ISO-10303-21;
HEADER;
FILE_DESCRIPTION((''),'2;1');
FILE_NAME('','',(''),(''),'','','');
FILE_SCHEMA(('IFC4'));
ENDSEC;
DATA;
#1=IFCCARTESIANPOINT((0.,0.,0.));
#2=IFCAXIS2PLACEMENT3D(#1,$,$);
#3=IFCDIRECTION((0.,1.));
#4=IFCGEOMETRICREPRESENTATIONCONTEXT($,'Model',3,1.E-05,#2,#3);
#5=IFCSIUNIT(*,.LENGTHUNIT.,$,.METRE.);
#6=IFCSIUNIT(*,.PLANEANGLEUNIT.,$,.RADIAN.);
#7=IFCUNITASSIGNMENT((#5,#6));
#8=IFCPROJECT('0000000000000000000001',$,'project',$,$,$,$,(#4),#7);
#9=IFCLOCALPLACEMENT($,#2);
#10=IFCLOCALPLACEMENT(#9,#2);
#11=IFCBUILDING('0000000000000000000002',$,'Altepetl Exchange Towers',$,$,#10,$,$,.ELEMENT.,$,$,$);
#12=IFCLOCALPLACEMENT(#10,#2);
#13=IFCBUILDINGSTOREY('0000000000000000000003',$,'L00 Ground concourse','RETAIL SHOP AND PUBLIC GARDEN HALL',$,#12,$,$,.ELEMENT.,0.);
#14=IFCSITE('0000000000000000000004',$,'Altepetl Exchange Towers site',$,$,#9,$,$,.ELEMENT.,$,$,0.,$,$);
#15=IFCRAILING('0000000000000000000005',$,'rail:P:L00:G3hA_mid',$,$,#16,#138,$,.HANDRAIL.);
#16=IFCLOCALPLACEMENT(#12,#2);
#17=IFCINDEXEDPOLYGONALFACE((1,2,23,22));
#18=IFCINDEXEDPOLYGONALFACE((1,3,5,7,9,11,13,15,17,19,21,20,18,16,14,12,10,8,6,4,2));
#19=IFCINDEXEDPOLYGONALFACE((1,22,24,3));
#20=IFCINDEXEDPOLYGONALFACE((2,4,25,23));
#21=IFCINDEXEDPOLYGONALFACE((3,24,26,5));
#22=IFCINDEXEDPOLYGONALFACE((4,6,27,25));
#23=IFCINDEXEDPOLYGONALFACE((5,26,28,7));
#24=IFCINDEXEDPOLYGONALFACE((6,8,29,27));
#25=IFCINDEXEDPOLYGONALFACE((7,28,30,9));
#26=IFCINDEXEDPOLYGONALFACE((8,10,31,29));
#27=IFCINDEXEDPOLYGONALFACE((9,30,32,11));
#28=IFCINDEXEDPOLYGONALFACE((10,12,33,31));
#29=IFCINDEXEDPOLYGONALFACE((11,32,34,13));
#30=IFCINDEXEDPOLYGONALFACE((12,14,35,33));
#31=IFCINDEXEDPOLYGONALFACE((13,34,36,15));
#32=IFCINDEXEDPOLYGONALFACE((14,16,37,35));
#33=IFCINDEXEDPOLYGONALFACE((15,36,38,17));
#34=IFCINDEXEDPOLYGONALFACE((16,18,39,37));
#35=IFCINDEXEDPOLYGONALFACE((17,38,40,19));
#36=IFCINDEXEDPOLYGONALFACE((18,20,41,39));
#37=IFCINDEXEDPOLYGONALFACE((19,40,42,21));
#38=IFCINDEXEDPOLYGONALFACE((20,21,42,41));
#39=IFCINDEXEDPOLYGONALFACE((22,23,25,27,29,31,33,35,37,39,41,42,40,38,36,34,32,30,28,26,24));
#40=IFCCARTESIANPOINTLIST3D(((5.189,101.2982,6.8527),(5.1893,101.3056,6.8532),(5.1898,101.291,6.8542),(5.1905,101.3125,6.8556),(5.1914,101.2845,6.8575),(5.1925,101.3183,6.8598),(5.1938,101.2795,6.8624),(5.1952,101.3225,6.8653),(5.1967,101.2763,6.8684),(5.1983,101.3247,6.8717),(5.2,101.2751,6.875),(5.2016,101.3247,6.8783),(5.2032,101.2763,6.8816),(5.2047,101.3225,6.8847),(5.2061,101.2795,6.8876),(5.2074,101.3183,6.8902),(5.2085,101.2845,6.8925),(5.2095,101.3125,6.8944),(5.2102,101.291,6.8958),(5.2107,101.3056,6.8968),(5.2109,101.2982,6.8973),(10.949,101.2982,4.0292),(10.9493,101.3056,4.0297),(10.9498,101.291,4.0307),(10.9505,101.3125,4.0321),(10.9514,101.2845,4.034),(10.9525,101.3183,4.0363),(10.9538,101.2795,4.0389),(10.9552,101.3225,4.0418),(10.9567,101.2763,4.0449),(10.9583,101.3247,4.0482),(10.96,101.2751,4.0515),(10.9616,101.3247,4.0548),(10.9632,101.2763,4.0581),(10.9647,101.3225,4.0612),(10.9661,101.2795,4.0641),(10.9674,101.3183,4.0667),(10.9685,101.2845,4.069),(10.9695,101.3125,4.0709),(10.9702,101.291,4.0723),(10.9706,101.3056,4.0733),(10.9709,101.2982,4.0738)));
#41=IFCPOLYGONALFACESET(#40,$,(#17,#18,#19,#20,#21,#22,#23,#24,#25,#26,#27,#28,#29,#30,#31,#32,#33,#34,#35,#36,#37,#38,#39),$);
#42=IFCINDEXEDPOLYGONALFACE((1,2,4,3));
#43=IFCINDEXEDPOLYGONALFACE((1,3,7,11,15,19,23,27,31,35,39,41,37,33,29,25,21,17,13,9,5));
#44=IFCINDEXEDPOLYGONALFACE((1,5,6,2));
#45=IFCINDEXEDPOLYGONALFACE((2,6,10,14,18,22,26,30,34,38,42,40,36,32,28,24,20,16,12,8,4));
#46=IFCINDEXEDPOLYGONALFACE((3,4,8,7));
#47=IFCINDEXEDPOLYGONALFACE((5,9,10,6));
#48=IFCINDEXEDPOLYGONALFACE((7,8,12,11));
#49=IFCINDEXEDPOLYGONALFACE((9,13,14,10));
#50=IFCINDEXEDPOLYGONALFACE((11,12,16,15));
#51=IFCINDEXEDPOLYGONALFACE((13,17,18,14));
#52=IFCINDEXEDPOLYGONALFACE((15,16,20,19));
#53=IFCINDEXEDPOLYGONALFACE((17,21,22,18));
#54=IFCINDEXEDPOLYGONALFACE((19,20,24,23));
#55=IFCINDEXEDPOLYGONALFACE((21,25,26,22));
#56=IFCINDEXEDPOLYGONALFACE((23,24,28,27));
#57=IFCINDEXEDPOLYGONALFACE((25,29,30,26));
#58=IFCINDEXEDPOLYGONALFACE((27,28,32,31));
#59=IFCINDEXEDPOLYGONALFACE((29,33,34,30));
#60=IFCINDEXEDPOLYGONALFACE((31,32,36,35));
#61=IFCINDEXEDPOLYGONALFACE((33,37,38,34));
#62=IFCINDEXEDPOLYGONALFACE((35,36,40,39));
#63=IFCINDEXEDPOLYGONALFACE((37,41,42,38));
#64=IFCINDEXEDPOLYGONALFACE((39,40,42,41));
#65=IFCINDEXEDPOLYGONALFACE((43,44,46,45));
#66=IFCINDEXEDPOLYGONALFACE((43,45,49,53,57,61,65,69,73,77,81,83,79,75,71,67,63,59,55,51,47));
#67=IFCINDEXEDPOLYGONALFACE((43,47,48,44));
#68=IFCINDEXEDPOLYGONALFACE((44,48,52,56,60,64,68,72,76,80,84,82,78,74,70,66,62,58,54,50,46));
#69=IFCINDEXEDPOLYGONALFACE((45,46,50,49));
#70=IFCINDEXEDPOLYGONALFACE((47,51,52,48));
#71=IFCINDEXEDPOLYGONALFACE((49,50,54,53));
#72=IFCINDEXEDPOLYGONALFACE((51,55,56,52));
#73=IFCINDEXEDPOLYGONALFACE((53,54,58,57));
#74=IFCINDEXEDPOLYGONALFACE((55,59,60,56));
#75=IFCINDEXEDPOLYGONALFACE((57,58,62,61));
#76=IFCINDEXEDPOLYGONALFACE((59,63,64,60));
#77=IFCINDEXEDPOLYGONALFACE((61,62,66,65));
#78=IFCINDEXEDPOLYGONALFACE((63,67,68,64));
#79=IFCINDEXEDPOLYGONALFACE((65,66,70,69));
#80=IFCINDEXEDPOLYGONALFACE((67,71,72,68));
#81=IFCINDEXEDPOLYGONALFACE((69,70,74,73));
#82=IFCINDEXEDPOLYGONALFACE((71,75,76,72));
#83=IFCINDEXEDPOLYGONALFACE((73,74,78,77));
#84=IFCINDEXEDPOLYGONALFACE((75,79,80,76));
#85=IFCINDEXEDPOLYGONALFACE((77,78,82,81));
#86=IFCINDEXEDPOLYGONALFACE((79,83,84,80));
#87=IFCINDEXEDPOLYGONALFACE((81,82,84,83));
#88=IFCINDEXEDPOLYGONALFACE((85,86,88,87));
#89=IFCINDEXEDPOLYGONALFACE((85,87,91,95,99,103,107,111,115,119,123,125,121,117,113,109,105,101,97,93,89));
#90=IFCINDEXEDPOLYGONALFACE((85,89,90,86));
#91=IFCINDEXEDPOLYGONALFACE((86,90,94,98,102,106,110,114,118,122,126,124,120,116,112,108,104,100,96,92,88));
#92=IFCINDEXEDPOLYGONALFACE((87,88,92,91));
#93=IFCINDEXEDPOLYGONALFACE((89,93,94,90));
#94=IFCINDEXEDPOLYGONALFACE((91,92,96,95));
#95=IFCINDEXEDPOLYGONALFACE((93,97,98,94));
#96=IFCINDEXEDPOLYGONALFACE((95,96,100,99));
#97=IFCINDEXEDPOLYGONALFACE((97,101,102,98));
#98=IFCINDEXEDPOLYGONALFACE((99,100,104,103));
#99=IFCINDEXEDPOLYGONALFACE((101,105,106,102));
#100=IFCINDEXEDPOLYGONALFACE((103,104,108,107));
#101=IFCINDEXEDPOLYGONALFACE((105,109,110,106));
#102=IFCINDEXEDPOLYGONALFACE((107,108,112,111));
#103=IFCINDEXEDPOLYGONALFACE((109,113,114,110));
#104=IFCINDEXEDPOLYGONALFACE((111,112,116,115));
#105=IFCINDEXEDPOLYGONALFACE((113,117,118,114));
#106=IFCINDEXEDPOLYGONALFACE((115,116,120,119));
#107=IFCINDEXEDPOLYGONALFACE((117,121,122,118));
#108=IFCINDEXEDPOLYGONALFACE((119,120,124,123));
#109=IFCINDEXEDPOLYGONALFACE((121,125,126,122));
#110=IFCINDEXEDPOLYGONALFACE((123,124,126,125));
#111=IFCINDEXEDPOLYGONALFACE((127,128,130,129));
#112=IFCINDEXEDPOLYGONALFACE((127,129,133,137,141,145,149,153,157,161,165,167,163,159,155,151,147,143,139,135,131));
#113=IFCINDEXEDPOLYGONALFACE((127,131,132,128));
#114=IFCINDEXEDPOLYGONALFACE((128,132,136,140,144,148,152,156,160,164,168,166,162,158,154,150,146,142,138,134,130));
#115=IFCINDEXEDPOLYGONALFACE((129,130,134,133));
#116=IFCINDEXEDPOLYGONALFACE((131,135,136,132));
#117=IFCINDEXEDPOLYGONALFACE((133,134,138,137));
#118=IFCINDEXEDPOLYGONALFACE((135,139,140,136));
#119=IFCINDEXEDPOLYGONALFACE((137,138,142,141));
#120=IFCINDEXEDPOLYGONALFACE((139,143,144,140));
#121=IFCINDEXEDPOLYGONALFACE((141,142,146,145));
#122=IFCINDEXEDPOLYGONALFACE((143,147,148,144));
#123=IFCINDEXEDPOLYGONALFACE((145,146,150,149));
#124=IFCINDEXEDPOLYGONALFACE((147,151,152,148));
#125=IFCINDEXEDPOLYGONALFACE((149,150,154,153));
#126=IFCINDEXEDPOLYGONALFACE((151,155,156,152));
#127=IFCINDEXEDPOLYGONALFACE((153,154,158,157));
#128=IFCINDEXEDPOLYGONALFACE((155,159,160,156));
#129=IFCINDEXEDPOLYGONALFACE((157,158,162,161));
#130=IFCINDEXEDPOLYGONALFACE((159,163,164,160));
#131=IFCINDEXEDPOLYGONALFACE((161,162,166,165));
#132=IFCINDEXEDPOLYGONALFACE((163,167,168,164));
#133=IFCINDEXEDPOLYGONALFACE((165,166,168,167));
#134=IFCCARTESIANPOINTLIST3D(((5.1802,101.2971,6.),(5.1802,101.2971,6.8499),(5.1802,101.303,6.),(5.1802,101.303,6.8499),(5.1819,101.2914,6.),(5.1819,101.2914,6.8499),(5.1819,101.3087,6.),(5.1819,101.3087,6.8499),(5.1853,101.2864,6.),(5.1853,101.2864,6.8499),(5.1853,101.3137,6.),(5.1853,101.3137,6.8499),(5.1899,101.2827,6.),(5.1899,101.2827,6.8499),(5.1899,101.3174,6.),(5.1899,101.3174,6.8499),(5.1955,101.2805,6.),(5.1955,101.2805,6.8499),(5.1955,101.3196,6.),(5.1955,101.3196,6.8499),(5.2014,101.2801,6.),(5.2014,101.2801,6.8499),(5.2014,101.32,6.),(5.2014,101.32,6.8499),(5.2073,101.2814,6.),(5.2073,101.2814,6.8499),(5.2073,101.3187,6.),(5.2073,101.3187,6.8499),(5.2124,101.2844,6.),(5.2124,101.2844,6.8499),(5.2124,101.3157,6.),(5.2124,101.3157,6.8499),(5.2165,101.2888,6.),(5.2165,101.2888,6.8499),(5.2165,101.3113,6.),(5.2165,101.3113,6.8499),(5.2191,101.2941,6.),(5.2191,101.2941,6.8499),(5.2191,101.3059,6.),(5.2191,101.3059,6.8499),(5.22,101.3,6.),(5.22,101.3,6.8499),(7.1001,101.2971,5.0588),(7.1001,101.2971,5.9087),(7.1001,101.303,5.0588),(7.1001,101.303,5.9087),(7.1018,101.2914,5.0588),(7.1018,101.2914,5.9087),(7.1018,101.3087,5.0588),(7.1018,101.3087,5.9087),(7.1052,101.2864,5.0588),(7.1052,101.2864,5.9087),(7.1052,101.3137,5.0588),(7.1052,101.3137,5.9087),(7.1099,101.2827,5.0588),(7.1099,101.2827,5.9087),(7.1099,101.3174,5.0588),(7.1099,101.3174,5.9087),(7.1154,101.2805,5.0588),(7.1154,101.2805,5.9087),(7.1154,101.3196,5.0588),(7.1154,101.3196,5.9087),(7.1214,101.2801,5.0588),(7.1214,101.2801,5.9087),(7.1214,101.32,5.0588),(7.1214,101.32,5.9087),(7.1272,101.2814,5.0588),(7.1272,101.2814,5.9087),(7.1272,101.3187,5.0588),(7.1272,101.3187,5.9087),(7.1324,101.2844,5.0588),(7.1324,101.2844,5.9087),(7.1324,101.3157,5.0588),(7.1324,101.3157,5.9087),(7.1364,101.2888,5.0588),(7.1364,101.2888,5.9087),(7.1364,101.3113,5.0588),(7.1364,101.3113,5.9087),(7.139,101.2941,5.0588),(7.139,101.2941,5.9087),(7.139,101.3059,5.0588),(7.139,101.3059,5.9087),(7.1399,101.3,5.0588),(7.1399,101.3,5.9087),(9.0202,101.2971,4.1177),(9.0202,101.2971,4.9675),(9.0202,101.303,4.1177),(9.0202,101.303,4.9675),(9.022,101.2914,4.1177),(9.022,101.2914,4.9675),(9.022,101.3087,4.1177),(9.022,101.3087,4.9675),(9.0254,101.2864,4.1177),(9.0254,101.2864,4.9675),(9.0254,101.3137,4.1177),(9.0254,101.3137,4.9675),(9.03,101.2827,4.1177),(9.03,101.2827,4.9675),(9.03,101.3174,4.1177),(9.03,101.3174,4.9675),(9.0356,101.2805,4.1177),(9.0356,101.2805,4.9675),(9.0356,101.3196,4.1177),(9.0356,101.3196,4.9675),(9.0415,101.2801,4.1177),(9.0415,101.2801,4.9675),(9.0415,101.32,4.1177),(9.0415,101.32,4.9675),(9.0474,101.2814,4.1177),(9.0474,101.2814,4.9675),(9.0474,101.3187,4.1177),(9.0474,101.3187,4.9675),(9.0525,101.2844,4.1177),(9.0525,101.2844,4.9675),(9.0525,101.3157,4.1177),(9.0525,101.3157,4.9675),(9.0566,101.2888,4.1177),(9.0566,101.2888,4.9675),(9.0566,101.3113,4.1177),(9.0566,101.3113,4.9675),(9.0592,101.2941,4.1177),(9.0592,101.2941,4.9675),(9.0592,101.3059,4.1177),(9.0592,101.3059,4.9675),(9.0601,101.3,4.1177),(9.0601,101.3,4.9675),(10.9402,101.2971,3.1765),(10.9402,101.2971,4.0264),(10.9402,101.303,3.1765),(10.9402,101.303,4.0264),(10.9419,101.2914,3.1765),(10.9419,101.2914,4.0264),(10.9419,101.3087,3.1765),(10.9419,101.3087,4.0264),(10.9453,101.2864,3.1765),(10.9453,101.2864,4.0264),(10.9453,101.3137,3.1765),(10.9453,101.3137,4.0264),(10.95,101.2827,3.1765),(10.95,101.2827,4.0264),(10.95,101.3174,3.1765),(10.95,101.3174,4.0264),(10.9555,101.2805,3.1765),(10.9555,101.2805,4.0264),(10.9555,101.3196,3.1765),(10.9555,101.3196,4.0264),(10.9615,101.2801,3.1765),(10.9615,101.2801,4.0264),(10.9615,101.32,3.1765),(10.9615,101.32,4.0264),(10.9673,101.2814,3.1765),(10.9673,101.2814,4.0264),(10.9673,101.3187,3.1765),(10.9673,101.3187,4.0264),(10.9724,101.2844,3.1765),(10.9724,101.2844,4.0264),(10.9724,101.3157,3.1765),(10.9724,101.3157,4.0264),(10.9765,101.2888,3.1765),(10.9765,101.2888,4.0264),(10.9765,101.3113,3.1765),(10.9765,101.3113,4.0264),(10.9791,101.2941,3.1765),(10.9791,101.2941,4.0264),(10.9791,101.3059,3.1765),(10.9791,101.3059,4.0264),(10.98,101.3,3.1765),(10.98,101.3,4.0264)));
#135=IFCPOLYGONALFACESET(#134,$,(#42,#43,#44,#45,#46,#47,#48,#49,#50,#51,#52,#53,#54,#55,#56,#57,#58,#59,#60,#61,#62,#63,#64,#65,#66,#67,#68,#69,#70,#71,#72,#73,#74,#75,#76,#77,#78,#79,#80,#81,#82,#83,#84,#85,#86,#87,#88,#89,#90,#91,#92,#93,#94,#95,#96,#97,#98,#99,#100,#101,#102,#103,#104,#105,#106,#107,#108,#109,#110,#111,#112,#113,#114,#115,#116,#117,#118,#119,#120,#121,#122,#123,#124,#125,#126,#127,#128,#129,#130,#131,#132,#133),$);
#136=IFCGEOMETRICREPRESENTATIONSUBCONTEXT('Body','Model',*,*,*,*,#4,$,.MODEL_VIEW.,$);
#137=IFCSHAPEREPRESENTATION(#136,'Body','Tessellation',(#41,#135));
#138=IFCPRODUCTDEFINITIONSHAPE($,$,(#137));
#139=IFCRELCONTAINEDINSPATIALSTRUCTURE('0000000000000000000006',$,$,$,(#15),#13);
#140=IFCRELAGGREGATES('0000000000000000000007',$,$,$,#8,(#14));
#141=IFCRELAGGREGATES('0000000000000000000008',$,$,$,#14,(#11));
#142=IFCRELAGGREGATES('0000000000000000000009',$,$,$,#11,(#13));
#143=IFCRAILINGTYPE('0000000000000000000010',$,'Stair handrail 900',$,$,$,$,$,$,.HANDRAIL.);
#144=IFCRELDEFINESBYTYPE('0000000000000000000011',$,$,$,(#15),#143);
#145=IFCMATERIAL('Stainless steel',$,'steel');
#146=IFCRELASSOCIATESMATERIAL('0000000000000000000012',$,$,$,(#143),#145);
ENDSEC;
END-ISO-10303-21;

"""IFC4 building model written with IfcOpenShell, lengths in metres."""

from ifc_helpers import new_model, si_unit, direction, frame, origin, origin_2d, place, context, subcontext, project, spatial, circle, extrude, source, transform, mapped, material, type_object, element, save


model = new_model("IFC4")

# Units and contexts
model_context = context("Model", 3, precision=1e-05, world=origin(), true_north=direction((0.0, 1.0)))
body_context = subcontext(model_context, "Body", "Model", "MODEL_VIEW")
ifc_project = project(units=[si_unit("LENGTHUNIT", "METRE"), si_unit("PLANEANGLEUNIT", "RADIAN")], contexts=[model_context])

# Site, building, storey
site_placement = place(None, origin())
site = spatial("IfcSite", under=ifc_project, at=site_placement, Name="Altepetl Exchange Towers site", CompositionType="ELEMENT", RefElevation=0.0)
building_placement = place(site_placement, origin())
building = spatial("IfcBuilding", under=site, at=building_placement, Name="Altepetl Exchange Towers", CompositionType="ELEMENT")
storey_placement = place(building_placement, origin())
storey = spatial("IfcBuildingStorey", under=building, at=storey_placement, Name="L00 Ground concourse", Description="RETAIL SHOP AND PUBLIC GARDEN HALL", CompositionType="ELEMENT", Elevation=0.0)

# Railing
ifc_material_1 = material(Name="Stainless steel", Category="steel")
railing_type_1 = type_object("IfcRailingType", Name="Stair handrail 900", PredefinedType="HANDRAIL", material=ifc_material_1)
shared_shape_1 = source(origin(), body_context, "Body", "SweptSolid", [
    extrude(circle(Radius=0.02, at=origin_2d()), origin(), (0.0, 0.0, 1.0), 0.8499),
])
for number, where, name in (
    (1, (10.96, 101.3, 3.1765), "rail:P:L00:G3hA_mid"),
):
    element("IfcRailing", number, at=place(storey_placement, frame(where)), inside=storey, type_object=railing_type_1, Name=name, PredefinedType="HANDRAIL", context=body_context, shape_type="SweptSolid", body=[
        extrude(circle(Radius=0.0249, at=origin_2d()), frame((0.0, 0.0, 0.875), z_axis=(-0.897924, 0.0, 0.440151), x_axis=(0.0, -1.0, 0.0)), (0.0, 0.0, 1.0), 6.4148),
        mapped(shared_shape_1, transform((0.0, 0.0, 0.0))),
        mapped(shared_shape_1, transform((-1.9199, 0.0, 0.9412))),
        mapped(shared_shape_1, transform((-3.8401, 0.0, 1.8823))),
        mapped(shared_shape_1, transform((-5.76, 0.0, 2.8235))),
    ])

save(model, "model.ifc")
